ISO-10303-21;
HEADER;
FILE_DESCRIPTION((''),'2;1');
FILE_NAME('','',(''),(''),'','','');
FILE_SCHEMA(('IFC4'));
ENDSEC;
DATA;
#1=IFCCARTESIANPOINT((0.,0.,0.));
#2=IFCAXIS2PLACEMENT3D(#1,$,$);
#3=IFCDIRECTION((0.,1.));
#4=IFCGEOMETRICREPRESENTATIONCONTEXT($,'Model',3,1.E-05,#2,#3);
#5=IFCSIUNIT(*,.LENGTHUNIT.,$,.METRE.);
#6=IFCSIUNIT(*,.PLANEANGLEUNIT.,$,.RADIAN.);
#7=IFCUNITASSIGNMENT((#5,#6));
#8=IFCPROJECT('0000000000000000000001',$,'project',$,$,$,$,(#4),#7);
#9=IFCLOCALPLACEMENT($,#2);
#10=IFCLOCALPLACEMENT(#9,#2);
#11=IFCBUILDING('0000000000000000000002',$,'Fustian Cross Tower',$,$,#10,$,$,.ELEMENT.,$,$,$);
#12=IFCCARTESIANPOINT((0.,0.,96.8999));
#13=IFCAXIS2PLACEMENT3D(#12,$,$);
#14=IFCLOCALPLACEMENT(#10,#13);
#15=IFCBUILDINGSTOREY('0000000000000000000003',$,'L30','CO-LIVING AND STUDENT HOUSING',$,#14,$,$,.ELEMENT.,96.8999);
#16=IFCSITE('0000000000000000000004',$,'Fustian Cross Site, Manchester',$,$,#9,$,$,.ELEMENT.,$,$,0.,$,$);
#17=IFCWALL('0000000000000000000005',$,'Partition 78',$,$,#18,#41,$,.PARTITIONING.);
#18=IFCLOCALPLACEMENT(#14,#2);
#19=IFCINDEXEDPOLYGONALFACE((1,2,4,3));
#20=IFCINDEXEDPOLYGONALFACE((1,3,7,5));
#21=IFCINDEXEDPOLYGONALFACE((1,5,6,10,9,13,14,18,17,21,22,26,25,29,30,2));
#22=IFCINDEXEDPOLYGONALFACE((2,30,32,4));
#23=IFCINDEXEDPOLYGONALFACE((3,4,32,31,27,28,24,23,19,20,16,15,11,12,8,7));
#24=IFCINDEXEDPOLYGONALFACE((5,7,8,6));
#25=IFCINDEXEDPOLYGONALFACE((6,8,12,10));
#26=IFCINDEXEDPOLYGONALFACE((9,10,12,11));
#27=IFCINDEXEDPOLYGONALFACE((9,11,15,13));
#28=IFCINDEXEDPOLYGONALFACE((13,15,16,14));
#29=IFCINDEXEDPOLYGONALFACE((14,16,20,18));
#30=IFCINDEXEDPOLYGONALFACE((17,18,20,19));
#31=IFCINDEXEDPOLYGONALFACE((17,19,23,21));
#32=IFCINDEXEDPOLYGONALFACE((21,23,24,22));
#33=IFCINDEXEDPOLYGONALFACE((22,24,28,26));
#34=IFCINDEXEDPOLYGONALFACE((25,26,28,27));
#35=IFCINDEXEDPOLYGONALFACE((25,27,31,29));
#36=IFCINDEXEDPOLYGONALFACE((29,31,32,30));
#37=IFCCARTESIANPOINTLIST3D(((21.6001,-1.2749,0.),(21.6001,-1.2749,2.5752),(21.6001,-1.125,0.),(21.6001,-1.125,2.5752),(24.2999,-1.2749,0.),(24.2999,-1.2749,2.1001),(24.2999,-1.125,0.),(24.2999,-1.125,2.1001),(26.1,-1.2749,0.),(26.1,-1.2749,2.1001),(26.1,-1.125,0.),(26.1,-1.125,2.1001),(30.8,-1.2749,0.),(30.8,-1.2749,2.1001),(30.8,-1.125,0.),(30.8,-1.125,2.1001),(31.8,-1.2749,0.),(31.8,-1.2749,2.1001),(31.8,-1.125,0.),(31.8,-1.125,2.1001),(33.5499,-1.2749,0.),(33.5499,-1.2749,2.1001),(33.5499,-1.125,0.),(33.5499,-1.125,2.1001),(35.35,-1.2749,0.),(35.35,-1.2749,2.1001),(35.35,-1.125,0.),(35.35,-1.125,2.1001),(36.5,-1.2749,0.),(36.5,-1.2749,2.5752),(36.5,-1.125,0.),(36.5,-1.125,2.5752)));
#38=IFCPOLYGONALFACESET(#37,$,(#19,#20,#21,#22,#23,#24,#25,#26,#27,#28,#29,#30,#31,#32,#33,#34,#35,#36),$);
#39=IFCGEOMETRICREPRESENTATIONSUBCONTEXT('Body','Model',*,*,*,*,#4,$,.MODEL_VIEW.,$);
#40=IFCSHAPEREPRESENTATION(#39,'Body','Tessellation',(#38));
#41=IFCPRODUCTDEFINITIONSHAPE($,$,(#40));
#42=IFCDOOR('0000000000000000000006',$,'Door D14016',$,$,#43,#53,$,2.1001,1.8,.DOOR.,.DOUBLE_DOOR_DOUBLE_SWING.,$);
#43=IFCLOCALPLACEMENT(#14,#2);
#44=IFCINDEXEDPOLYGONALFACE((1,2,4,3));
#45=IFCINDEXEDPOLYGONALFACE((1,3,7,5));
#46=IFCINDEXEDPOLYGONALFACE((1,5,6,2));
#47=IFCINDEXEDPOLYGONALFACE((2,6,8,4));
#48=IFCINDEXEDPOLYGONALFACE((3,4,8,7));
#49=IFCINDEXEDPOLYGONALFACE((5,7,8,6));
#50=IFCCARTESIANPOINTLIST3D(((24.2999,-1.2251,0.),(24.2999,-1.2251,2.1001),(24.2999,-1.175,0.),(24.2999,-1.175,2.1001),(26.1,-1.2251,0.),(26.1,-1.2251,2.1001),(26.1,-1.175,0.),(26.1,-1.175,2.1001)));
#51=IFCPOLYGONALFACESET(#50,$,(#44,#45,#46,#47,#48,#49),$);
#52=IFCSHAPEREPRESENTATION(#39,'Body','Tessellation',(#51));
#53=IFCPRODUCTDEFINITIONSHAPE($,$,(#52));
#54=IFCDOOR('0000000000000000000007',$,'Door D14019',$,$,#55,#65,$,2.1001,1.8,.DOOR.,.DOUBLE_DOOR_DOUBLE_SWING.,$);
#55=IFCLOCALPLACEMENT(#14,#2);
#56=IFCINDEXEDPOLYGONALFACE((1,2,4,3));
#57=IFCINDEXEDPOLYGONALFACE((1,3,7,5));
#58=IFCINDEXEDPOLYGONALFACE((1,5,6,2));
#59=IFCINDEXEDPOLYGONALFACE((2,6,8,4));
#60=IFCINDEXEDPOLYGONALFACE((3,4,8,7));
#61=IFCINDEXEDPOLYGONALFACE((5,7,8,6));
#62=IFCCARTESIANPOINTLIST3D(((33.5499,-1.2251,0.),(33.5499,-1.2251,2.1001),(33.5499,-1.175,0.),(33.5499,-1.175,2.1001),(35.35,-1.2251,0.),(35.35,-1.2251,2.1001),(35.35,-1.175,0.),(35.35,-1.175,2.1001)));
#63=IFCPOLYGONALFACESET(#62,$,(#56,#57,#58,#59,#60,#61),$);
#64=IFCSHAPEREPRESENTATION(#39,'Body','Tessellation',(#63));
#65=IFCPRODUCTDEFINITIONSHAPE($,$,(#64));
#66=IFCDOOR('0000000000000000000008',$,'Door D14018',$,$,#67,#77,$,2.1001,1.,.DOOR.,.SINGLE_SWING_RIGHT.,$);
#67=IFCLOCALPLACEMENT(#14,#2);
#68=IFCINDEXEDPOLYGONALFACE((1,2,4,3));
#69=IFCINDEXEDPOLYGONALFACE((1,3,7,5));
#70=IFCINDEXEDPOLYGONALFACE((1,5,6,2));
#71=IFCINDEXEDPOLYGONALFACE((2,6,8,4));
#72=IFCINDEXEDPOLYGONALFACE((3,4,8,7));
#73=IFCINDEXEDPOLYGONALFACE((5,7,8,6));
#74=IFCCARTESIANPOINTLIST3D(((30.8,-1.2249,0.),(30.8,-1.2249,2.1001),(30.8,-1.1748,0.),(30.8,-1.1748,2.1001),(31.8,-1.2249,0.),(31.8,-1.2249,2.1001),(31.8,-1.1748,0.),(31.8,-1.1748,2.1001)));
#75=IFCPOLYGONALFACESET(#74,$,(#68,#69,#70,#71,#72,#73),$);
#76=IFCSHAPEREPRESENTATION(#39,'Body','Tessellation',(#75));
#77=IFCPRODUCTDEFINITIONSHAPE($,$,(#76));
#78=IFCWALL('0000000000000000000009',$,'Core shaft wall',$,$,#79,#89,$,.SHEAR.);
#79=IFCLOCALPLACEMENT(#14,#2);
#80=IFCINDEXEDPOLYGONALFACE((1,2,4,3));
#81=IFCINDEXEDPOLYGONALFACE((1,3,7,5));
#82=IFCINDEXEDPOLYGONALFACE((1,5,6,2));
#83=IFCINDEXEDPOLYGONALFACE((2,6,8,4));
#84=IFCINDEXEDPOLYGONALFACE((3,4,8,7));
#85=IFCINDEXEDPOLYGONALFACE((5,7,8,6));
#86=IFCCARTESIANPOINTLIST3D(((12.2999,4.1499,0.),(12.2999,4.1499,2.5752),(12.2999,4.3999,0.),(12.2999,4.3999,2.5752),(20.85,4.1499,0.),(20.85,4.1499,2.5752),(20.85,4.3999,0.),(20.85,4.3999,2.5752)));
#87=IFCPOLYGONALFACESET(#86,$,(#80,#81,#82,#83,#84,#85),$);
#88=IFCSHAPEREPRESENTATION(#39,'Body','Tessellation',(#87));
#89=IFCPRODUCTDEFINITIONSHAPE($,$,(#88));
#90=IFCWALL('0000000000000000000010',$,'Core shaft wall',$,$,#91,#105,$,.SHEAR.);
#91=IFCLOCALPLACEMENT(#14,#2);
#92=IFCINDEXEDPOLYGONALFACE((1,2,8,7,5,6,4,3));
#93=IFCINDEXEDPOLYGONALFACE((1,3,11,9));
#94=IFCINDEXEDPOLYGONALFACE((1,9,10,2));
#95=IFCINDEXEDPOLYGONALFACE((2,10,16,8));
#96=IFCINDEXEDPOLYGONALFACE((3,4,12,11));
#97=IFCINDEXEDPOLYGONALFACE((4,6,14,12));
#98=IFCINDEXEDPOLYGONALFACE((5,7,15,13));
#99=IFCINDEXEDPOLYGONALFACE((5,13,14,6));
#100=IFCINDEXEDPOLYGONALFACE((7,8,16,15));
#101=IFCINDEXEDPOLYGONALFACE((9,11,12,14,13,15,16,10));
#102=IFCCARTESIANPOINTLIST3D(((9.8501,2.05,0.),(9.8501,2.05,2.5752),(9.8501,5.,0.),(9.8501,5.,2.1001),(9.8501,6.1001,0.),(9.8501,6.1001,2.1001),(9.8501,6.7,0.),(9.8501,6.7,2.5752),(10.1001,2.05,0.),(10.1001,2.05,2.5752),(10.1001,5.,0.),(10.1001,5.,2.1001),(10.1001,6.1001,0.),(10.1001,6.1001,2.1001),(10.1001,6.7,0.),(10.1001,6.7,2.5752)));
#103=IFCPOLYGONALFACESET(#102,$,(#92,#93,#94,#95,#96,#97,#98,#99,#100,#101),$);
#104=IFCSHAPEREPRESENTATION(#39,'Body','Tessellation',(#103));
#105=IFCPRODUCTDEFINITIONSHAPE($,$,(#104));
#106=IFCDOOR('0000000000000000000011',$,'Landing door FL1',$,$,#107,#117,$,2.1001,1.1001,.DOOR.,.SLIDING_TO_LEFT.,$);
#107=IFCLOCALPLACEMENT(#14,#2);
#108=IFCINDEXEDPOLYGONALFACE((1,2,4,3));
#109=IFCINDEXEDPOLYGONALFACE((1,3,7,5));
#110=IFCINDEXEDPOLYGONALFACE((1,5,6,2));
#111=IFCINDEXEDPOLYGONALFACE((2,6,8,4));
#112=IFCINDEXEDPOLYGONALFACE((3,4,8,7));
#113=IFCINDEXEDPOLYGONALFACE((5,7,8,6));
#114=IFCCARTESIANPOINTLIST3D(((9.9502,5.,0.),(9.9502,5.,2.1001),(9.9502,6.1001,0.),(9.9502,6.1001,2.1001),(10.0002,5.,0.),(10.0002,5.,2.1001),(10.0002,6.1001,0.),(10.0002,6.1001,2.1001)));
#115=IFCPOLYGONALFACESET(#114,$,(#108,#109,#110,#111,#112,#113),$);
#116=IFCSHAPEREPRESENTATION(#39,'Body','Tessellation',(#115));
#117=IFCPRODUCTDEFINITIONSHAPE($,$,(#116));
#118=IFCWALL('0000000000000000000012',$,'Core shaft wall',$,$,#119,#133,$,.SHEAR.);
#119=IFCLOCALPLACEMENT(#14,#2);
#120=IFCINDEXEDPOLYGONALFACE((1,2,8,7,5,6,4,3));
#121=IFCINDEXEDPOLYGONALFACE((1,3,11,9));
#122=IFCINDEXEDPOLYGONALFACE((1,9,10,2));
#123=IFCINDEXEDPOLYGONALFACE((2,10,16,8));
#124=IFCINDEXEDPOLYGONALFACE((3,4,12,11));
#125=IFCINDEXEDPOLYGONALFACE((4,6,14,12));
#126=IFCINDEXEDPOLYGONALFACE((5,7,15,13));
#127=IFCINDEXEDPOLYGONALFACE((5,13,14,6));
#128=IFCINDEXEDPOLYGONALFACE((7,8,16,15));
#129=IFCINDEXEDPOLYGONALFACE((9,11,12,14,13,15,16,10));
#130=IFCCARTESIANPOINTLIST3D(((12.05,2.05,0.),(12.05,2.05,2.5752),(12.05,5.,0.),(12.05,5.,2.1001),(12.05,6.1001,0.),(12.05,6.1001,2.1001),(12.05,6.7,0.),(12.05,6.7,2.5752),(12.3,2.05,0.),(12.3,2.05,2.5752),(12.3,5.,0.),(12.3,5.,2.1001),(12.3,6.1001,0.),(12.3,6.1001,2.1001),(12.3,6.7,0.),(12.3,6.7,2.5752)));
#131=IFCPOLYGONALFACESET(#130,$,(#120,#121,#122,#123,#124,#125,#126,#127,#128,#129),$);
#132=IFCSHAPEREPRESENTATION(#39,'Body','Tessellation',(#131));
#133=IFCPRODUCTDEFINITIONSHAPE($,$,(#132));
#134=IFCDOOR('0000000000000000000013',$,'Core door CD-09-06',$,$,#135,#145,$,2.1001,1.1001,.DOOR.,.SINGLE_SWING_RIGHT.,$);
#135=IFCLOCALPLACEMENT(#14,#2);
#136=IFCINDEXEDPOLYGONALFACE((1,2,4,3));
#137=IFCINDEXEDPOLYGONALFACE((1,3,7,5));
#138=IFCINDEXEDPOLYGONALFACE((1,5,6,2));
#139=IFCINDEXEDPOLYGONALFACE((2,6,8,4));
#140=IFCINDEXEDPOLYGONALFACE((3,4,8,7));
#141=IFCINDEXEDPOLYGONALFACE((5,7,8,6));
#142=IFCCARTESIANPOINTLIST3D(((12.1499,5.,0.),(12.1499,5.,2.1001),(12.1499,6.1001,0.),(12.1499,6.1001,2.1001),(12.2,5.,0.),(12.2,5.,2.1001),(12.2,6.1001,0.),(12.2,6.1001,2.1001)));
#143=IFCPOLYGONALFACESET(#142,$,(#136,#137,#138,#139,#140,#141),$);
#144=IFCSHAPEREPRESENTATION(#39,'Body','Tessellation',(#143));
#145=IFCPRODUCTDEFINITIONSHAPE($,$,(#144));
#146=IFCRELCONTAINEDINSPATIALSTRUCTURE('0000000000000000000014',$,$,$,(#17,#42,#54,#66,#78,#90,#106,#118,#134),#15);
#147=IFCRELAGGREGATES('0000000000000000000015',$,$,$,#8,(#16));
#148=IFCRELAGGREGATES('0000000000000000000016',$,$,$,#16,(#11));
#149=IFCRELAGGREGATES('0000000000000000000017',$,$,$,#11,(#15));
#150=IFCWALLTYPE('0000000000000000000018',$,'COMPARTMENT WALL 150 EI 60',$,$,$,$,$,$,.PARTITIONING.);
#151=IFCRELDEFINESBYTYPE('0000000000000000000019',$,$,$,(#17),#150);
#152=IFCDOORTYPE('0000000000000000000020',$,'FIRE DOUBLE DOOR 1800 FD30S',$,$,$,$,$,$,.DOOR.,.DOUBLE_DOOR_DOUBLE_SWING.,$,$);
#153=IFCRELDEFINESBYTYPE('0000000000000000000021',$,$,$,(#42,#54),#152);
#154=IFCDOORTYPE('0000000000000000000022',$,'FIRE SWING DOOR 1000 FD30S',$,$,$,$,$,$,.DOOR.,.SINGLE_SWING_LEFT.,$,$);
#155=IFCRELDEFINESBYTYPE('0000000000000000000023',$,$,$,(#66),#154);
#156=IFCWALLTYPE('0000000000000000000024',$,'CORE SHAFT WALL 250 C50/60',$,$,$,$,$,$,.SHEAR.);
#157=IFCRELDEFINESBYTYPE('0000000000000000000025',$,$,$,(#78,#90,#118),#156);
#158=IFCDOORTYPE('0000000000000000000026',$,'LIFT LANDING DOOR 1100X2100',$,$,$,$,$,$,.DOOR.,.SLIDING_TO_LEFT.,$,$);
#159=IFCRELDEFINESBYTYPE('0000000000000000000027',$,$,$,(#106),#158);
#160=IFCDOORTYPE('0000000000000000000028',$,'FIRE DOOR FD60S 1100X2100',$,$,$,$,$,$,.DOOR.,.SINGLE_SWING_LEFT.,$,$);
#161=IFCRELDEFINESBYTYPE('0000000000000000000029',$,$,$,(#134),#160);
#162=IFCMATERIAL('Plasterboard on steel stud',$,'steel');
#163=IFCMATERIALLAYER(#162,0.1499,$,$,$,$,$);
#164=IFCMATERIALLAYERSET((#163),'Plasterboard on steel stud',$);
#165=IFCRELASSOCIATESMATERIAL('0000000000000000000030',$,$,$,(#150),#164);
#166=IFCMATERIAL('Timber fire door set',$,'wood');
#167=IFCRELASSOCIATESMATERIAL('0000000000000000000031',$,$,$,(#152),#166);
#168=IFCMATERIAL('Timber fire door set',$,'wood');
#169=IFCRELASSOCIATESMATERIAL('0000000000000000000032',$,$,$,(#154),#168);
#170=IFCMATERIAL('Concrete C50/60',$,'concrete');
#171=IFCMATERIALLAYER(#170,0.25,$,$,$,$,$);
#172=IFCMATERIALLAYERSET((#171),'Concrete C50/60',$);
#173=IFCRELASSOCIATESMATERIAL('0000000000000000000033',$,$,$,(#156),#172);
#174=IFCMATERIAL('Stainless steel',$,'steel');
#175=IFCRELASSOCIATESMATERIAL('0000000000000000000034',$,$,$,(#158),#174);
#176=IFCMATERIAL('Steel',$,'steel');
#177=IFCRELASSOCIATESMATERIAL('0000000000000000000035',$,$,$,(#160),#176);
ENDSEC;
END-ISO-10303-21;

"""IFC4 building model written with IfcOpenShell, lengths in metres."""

from ifc_helpers import new_model, si_unit, direction, frame, frame_2d, origin, place, context, subcontext, project, spatial, rectangle, extrude, material, layer, layer_set, type_object, element, fill, save


model = new_model("IFC4")

# Units and contexts
model_context = context("Model", 3, precision=1e-05, world=origin(), true_north=direction((0.0, 1.0)))
body_context = subcontext(model_context, "Body", "Model", "MODEL_VIEW")
ifc_project = project(units=[si_unit("LENGTHUNIT", "METRE"), si_unit("PLANEANGLEUNIT", "RADIAN")], contexts=[model_context])

# Site, building, storey
site_placement = place(None, origin())
site = spatial("IfcSite", under=ifc_project, at=site_placement, Name="Fustian Cross Site, Manchester", CompositionType="ELEMENT", RefElevation=0.0)
building_placement = place(site_placement, origin())
building = spatial("IfcBuilding", under=site, at=building_placement, Name="Fustian Cross Tower", CompositionType="ELEMENT")
storey_placement = place(building_placement, frame((0.0, 0.0, 96.8999)))
storey = spatial("IfcBuildingStorey", under=building, at=storey_placement, Name="L30", Description="CO-LIVING AND STUDENT HOUSING", CompositionType="ELEMENT", Elevation=96.8999)

# Wall, openings, doors
ifc_material_1 = material(Name="Plasterboard on steel stud", Category="steel")
ifc_layer_1 = layer(ifc_material_1, 0.1499)
ifc_layer_set_1 = layer_set([ifc_layer_1], Name="Plasterboard on steel stud")
wall_type_1 = type_object("IfcWallType", Name="COMPARTMENT WALL 150 EI 60", PredefinedType="PARTITIONING", material=ifc_layer_set_1)
wall_1_placement = place(storey_placement, frame((21.6001, -1.2, 0.0), z_axis=(0.0, 0.0, 1.0), x_axis=(1.0, 0.0, 0.0)))
wall_1 = element("IfcWall", 1, at=wall_1_placement, inside=storey, type_object=wall_type_1, Name="Partition 78", PredefinedType="PARTITIONING", context=body_context, shape_type="SweptSolid", body=[
    extrude(rectangle(XDim=14.8999, YDim=0.1499, at=frame_2d((7.45, 0.0))), origin(), (0.0, 0.0, 1.0), 2.5752),
])
opening_1_placement = place(wall_1_placement, frame((2.7, 0.0, 0.0)))
opening_1 = element("IfcOpeningElement", 2, at=opening_1_placement, cuts=wall_1, PredefinedType="OPENING", context=body_context, shape_type="SweptSolid", body=[
    extrude(rectangle(XDim=1.8, YDim=2.1001, at=frame_2d((0.8999, 1.05))), frame((0.0, 0.085, 0.0), z_axis=(0.0, -1.0, 0.0), x_axis=(1.0, 0.0, 0.0)), (0.0, 0.0, 1.0), 0.1699),
])
opening_2_placement = place(wall_1_placement, frame((9.2, 0.0, 0.0)))
opening_2 = element("IfcOpeningElement", 3, at=opening_2_placement, cuts=wall_1, PredefinedType="OPENING", context=body_context, shape_type="SweptSolid", body=[
    extrude(rectangle(XDim=1.0, YDim=2.1001, at=frame_2d((0.5, 1.05))), frame((0.0, 0.085, 0.0), z_axis=(0.0, -1.0, 0.0), x_axis=(1.0, 0.0, 0.0)), (0.0, 0.0, 1.0), 0.1699),
])
opening_3_placement = place(wall_1_placement, frame((11.95, 0.0, 0.0)))
opening_3 = element("IfcOpeningElement", 4, at=opening_3_placement, cuts=wall_1, PredefinedType="OPENING", context=body_context, shape_type="SweptSolid", body=[
    extrude(rectangle(XDim=1.8, YDim=2.1001, at=frame_2d((0.8999, 1.05))), frame((0.0, 0.085, 0.0), z_axis=(0.0, -1.0, 0.0), x_axis=(1.0, 0.0, 0.0)), (0.0, 0.0, 1.0), 0.1699),
])
ifc_material_2 = material(Name="Timber fire door set", Category="wood")
door_type_1 = type_object("IfcDoorType", Name="FIRE DOUBLE DOOR 1800 FD30S", OperationType="DOUBLE_DOOR_DOUBLE_SWING", PredefinedType="DOOR", material=ifc_material_2)
door_1_placement = place(opening_1_placement, origin())
door_1 = element("IfcDoor", 5, at=door_1_placement, inside=storey, type_object=door_type_1, Name="Door D14016", OperationType="DOUBLE_DOOR_DOUBLE_SWING", OverallHeight=2.1001, OverallWidth=1.8, PredefinedType="DOOR", context=body_context, shape_type="SweptSolid", body=[
    extrude(rectangle(XDim=1.8, YDim=2.1001, at=frame_2d((0.8999, 1.05))), frame((0.0, 0.0249, 0.0), z_axis=(0.0, -1.0, 0.0), x_axis=(1.0, 0.0, 0.0)), (0.0, 0.0, 1.0), 0.05),
])
fill(opening_1, door_1)
door_2_placement = place(opening_3_placement, origin())
door_2 = element("IfcDoor", 6, at=door_2_placement, inside=storey, type_object=door_type_1, Name="Door D14019", OperationType="DOUBLE_DOOR_DOUBLE_SWING", OverallHeight=2.1001, OverallWidth=1.8, PredefinedType="DOOR", context=body_context, shape_type="SweptSolid", body=[
    extrude(rectangle(XDim=1.8, YDim=2.1001, at=frame_2d((0.8999, 1.05))), frame((0.0, 0.0249, 0.0), z_axis=(0.0, -1.0, 0.0), x_axis=(1.0, 0.0, 0.0)), (0.0, 0.0, 1.0), 0.05),
])
fill(opening_3, door_2)
ifc_material_3 = material(Name="Timber fire door set", Category="wood")
door_type_2 = type_object("IfcDoorType", Name="FIRE SWING DOOR 1000 FD30S", OperationType="SINGLE_SWING_LEFT", PredefinedType="DOOR", material=ifc_material_3)
door_3_placement = place(opening_2_placement, frame((1.0, 0.0, 0.0), z_axis=(0.0, 0.0, 1.0), x_axis=(-1.0, 0.0, 0.0)))
door_3 = element("IfcDoor", 7, at=door_3_placement, inside=storey, type_object=door_type_2, Name="Door D14018", OperationType="SINGLE_SWING_RIGHT", OverallHeight=2.1001, OverallWidth=1.0, PredefinedType="DOOR", context=body_context, shape_type="SweptSolid", body=[
    extrude(rectangle(XDim=1.0, YDim=2.1001, at=frame_2d((0.5, 1.05))), frame((0.0, 0.0249, 0.0), z_axis=(0.0, -1.0, 0.0), x_axis=(1.0, 0.0, 0.0)), (0.0, 0.0, 1.0), 0.05),
])
fill(opening_2, door_3)

# Wall
ifc_material_4 = material(Name="Concrete C50/60", Category="concrete")
ifc_layer_2 = layer(ifc_material_4, 0.25)
ifc_layer_set_2 = layer_set([ifc_layer_2], Name="Concrete C50/60")
wall_type_2 = type_object("IfcWallType", Name="CORE SHAFT WALL 250 C50/60", PredefinedType="SHEAR", material=ifc_layer_set_2)
wall_2_placement = place(storey_placement, frame((12.3, 4.2749, 0.0), z_axis=(0.0, 0.0, 1.0), x_axis=(1.0, 0.0, 0.0)))
element("IfcWall", 8, at=wall_2_placement, inside=storey, type_object=wall_type_2, Name="Core shaft wall", PredefinedType="SHEAR", context=body_context, shape_type="SweptSolid", body=[
    extrude(rectangle(XDim=8.55, YDim=0.25, at=frame_2d((4.2749, 0.0))), origin(), (0.0, 0.0, 1.0), 2.5752),
])

# Walls, openings, doors
wall_3_placement = place(storey_placement, frame((9.9751, 2.05, 0.0), z_axis=(0.0, 0.0, 1.0), x_axis=(0.0, 1.0, 0.0)))
wall_3 = element("IfcWall", 9, at=wall_3_placement, inside=storey, type_object=wall_type_2, Name="Core shaft wall", PredefinedType="SHEAR", context=body_context, shape_type="SweptSolid", body=[
    extrude(rectangle(XDim=4.6499, YDim=0.25, at=frame_2d((2.325, 0.0))), origin(), (0.0, 0.0, 1.0), 2.5752),
])
opening_4_placement = place(wall_3_placement, frame((2.95, 0.0, 0.0)))
opening_4 = element("IfcOpeningElement", 10, at=opening_4_placement, cuts=wall_3, PredefinedType="OPENING", context=body_context, shape_type="SweptSolid", body=[
    extrude(rectangle(XDim=1.1001, YDim=2.1001, at=frame_2d((0.55, 1.05))), frame((0.0, 0.135, 0.0), z_axis=(0.0, -1.0, 0.0), x_axis=(1.0, 0.0, 0.0)), (0.0, 0.0, 1.0), 0.27),
])
ifc_material_5 = material(Name="Stainless steel", Category="steel")
door_type_3 = type_object("IfcDoorType", Name="LIFT LANDING DOOR 1100X2100", OperationType="SLIDING_TO_LEFT", PredefinedType="DOOR", material=ifc_material_5)
door_4_placement = place(opening_4_placement, origin())
door_4 = element("IfcDoor", 11, at=door_4_placement, inside=storey, type_object=door_type_3, Name="Landing door FL1", OperationType="SLIDING_TO_LEFT", OverallHeight=2.1001, OverallWidth=1.1001, PredefinedType="DOOR", context=body_context, shape_type="SweptSolid", body=[
    extrude(rectangle(XDim=1.1001, YDim=2.1001, at=frame_2d((0.55, 1.05))), frame((0.0, 0.0249, 0.0), z_axis=(0.0, -1.0, 0.0), x_axis=(1.0, 0.0, 0.0)), (0.0, 0.0, 1.0), 0.05),
])
fill(opening_4, door_4)
wall_4_placement = place(storey_placement, frame((12.175, 2.05, 0.0), z_axis=(0.0, 0.0, 1.0), x_axis=(0.0, 1.0, 0.0)))
wall_4 = element("IfcWall", 12, at=wall_4_placement, inside=storey, type_object=wall_type_2, Name="Core shaft wall", PredefinedType="SHEAR", context=body_context, shape_type="SweptSolid", body=[
    extrude(rectangle(XDim=4.6499, YDim=0.25, at=frame_2d((2.325, 0.0))), origin(), (0.0, 0.0, 1.0), 2.5752),
])
opening_5_placement = place(wall_4_placement, frame((2.95, 0.0, 0.0)))
opening_5 = element("IfcOpeningElement", 13, at=opening_5_placement, cuts=wall_4, PredefinedType="OPENING", context=body_context, shape_type="SweptSolid", body=[
    extrude(rectangle(XDim=1.1001, YDim=2.1001, at=frame_2d((0.55, 1.05))), frame((0.0, 0.135, 0.0), z_axis=(0.0, -1.0, 0.0), x_axis=(1.0, 0.0, 0.0)), (0.0, 0.0, 1.0), 0.27),
])
ifc_material_6 = material(Name="Steel", Category="steel")
door_type_4 = type_object("IfcDoorType", Name="FIRE DOOR FD60S 1100X2100", OperationType="SINGLE_SWING_LEFT", PredefinedType="DOOR", material=ifc_material_6)
door_5_placement = place(opening_5_placement, frame((1.1001, 0.0, 0.0), z_axis=(0.0, 0.0, 1.0), x_axis=(-1.0, 0.0, 0.0)))
door_5 = element("IfcDoor", 14, at=door_5_placement, inside=storey, type_object=door_type_4, Name="Core door CD-09-06", OperationType="SINGLE_SWING_RIGHT", OverallHeight=2.1001, OverallWidth=1.1001, PredefinedType="DOOR", context=body_context, shape_type="SweptSolid", body=[
    extrude(rectangle(XDim=1.1001, YDim=2.1001, at=frame_2d((0.55, 1.05))), frame((0.0, 0.0249, 0.0), z_axis=(0.0, -1.0, 0.0), x_axis=(1.0, 0.0, 0.0)), (0.0, 0.0, 1.0), 0.05),
])
fill(opening_5, door_5)

save(model, "model.ifc")
